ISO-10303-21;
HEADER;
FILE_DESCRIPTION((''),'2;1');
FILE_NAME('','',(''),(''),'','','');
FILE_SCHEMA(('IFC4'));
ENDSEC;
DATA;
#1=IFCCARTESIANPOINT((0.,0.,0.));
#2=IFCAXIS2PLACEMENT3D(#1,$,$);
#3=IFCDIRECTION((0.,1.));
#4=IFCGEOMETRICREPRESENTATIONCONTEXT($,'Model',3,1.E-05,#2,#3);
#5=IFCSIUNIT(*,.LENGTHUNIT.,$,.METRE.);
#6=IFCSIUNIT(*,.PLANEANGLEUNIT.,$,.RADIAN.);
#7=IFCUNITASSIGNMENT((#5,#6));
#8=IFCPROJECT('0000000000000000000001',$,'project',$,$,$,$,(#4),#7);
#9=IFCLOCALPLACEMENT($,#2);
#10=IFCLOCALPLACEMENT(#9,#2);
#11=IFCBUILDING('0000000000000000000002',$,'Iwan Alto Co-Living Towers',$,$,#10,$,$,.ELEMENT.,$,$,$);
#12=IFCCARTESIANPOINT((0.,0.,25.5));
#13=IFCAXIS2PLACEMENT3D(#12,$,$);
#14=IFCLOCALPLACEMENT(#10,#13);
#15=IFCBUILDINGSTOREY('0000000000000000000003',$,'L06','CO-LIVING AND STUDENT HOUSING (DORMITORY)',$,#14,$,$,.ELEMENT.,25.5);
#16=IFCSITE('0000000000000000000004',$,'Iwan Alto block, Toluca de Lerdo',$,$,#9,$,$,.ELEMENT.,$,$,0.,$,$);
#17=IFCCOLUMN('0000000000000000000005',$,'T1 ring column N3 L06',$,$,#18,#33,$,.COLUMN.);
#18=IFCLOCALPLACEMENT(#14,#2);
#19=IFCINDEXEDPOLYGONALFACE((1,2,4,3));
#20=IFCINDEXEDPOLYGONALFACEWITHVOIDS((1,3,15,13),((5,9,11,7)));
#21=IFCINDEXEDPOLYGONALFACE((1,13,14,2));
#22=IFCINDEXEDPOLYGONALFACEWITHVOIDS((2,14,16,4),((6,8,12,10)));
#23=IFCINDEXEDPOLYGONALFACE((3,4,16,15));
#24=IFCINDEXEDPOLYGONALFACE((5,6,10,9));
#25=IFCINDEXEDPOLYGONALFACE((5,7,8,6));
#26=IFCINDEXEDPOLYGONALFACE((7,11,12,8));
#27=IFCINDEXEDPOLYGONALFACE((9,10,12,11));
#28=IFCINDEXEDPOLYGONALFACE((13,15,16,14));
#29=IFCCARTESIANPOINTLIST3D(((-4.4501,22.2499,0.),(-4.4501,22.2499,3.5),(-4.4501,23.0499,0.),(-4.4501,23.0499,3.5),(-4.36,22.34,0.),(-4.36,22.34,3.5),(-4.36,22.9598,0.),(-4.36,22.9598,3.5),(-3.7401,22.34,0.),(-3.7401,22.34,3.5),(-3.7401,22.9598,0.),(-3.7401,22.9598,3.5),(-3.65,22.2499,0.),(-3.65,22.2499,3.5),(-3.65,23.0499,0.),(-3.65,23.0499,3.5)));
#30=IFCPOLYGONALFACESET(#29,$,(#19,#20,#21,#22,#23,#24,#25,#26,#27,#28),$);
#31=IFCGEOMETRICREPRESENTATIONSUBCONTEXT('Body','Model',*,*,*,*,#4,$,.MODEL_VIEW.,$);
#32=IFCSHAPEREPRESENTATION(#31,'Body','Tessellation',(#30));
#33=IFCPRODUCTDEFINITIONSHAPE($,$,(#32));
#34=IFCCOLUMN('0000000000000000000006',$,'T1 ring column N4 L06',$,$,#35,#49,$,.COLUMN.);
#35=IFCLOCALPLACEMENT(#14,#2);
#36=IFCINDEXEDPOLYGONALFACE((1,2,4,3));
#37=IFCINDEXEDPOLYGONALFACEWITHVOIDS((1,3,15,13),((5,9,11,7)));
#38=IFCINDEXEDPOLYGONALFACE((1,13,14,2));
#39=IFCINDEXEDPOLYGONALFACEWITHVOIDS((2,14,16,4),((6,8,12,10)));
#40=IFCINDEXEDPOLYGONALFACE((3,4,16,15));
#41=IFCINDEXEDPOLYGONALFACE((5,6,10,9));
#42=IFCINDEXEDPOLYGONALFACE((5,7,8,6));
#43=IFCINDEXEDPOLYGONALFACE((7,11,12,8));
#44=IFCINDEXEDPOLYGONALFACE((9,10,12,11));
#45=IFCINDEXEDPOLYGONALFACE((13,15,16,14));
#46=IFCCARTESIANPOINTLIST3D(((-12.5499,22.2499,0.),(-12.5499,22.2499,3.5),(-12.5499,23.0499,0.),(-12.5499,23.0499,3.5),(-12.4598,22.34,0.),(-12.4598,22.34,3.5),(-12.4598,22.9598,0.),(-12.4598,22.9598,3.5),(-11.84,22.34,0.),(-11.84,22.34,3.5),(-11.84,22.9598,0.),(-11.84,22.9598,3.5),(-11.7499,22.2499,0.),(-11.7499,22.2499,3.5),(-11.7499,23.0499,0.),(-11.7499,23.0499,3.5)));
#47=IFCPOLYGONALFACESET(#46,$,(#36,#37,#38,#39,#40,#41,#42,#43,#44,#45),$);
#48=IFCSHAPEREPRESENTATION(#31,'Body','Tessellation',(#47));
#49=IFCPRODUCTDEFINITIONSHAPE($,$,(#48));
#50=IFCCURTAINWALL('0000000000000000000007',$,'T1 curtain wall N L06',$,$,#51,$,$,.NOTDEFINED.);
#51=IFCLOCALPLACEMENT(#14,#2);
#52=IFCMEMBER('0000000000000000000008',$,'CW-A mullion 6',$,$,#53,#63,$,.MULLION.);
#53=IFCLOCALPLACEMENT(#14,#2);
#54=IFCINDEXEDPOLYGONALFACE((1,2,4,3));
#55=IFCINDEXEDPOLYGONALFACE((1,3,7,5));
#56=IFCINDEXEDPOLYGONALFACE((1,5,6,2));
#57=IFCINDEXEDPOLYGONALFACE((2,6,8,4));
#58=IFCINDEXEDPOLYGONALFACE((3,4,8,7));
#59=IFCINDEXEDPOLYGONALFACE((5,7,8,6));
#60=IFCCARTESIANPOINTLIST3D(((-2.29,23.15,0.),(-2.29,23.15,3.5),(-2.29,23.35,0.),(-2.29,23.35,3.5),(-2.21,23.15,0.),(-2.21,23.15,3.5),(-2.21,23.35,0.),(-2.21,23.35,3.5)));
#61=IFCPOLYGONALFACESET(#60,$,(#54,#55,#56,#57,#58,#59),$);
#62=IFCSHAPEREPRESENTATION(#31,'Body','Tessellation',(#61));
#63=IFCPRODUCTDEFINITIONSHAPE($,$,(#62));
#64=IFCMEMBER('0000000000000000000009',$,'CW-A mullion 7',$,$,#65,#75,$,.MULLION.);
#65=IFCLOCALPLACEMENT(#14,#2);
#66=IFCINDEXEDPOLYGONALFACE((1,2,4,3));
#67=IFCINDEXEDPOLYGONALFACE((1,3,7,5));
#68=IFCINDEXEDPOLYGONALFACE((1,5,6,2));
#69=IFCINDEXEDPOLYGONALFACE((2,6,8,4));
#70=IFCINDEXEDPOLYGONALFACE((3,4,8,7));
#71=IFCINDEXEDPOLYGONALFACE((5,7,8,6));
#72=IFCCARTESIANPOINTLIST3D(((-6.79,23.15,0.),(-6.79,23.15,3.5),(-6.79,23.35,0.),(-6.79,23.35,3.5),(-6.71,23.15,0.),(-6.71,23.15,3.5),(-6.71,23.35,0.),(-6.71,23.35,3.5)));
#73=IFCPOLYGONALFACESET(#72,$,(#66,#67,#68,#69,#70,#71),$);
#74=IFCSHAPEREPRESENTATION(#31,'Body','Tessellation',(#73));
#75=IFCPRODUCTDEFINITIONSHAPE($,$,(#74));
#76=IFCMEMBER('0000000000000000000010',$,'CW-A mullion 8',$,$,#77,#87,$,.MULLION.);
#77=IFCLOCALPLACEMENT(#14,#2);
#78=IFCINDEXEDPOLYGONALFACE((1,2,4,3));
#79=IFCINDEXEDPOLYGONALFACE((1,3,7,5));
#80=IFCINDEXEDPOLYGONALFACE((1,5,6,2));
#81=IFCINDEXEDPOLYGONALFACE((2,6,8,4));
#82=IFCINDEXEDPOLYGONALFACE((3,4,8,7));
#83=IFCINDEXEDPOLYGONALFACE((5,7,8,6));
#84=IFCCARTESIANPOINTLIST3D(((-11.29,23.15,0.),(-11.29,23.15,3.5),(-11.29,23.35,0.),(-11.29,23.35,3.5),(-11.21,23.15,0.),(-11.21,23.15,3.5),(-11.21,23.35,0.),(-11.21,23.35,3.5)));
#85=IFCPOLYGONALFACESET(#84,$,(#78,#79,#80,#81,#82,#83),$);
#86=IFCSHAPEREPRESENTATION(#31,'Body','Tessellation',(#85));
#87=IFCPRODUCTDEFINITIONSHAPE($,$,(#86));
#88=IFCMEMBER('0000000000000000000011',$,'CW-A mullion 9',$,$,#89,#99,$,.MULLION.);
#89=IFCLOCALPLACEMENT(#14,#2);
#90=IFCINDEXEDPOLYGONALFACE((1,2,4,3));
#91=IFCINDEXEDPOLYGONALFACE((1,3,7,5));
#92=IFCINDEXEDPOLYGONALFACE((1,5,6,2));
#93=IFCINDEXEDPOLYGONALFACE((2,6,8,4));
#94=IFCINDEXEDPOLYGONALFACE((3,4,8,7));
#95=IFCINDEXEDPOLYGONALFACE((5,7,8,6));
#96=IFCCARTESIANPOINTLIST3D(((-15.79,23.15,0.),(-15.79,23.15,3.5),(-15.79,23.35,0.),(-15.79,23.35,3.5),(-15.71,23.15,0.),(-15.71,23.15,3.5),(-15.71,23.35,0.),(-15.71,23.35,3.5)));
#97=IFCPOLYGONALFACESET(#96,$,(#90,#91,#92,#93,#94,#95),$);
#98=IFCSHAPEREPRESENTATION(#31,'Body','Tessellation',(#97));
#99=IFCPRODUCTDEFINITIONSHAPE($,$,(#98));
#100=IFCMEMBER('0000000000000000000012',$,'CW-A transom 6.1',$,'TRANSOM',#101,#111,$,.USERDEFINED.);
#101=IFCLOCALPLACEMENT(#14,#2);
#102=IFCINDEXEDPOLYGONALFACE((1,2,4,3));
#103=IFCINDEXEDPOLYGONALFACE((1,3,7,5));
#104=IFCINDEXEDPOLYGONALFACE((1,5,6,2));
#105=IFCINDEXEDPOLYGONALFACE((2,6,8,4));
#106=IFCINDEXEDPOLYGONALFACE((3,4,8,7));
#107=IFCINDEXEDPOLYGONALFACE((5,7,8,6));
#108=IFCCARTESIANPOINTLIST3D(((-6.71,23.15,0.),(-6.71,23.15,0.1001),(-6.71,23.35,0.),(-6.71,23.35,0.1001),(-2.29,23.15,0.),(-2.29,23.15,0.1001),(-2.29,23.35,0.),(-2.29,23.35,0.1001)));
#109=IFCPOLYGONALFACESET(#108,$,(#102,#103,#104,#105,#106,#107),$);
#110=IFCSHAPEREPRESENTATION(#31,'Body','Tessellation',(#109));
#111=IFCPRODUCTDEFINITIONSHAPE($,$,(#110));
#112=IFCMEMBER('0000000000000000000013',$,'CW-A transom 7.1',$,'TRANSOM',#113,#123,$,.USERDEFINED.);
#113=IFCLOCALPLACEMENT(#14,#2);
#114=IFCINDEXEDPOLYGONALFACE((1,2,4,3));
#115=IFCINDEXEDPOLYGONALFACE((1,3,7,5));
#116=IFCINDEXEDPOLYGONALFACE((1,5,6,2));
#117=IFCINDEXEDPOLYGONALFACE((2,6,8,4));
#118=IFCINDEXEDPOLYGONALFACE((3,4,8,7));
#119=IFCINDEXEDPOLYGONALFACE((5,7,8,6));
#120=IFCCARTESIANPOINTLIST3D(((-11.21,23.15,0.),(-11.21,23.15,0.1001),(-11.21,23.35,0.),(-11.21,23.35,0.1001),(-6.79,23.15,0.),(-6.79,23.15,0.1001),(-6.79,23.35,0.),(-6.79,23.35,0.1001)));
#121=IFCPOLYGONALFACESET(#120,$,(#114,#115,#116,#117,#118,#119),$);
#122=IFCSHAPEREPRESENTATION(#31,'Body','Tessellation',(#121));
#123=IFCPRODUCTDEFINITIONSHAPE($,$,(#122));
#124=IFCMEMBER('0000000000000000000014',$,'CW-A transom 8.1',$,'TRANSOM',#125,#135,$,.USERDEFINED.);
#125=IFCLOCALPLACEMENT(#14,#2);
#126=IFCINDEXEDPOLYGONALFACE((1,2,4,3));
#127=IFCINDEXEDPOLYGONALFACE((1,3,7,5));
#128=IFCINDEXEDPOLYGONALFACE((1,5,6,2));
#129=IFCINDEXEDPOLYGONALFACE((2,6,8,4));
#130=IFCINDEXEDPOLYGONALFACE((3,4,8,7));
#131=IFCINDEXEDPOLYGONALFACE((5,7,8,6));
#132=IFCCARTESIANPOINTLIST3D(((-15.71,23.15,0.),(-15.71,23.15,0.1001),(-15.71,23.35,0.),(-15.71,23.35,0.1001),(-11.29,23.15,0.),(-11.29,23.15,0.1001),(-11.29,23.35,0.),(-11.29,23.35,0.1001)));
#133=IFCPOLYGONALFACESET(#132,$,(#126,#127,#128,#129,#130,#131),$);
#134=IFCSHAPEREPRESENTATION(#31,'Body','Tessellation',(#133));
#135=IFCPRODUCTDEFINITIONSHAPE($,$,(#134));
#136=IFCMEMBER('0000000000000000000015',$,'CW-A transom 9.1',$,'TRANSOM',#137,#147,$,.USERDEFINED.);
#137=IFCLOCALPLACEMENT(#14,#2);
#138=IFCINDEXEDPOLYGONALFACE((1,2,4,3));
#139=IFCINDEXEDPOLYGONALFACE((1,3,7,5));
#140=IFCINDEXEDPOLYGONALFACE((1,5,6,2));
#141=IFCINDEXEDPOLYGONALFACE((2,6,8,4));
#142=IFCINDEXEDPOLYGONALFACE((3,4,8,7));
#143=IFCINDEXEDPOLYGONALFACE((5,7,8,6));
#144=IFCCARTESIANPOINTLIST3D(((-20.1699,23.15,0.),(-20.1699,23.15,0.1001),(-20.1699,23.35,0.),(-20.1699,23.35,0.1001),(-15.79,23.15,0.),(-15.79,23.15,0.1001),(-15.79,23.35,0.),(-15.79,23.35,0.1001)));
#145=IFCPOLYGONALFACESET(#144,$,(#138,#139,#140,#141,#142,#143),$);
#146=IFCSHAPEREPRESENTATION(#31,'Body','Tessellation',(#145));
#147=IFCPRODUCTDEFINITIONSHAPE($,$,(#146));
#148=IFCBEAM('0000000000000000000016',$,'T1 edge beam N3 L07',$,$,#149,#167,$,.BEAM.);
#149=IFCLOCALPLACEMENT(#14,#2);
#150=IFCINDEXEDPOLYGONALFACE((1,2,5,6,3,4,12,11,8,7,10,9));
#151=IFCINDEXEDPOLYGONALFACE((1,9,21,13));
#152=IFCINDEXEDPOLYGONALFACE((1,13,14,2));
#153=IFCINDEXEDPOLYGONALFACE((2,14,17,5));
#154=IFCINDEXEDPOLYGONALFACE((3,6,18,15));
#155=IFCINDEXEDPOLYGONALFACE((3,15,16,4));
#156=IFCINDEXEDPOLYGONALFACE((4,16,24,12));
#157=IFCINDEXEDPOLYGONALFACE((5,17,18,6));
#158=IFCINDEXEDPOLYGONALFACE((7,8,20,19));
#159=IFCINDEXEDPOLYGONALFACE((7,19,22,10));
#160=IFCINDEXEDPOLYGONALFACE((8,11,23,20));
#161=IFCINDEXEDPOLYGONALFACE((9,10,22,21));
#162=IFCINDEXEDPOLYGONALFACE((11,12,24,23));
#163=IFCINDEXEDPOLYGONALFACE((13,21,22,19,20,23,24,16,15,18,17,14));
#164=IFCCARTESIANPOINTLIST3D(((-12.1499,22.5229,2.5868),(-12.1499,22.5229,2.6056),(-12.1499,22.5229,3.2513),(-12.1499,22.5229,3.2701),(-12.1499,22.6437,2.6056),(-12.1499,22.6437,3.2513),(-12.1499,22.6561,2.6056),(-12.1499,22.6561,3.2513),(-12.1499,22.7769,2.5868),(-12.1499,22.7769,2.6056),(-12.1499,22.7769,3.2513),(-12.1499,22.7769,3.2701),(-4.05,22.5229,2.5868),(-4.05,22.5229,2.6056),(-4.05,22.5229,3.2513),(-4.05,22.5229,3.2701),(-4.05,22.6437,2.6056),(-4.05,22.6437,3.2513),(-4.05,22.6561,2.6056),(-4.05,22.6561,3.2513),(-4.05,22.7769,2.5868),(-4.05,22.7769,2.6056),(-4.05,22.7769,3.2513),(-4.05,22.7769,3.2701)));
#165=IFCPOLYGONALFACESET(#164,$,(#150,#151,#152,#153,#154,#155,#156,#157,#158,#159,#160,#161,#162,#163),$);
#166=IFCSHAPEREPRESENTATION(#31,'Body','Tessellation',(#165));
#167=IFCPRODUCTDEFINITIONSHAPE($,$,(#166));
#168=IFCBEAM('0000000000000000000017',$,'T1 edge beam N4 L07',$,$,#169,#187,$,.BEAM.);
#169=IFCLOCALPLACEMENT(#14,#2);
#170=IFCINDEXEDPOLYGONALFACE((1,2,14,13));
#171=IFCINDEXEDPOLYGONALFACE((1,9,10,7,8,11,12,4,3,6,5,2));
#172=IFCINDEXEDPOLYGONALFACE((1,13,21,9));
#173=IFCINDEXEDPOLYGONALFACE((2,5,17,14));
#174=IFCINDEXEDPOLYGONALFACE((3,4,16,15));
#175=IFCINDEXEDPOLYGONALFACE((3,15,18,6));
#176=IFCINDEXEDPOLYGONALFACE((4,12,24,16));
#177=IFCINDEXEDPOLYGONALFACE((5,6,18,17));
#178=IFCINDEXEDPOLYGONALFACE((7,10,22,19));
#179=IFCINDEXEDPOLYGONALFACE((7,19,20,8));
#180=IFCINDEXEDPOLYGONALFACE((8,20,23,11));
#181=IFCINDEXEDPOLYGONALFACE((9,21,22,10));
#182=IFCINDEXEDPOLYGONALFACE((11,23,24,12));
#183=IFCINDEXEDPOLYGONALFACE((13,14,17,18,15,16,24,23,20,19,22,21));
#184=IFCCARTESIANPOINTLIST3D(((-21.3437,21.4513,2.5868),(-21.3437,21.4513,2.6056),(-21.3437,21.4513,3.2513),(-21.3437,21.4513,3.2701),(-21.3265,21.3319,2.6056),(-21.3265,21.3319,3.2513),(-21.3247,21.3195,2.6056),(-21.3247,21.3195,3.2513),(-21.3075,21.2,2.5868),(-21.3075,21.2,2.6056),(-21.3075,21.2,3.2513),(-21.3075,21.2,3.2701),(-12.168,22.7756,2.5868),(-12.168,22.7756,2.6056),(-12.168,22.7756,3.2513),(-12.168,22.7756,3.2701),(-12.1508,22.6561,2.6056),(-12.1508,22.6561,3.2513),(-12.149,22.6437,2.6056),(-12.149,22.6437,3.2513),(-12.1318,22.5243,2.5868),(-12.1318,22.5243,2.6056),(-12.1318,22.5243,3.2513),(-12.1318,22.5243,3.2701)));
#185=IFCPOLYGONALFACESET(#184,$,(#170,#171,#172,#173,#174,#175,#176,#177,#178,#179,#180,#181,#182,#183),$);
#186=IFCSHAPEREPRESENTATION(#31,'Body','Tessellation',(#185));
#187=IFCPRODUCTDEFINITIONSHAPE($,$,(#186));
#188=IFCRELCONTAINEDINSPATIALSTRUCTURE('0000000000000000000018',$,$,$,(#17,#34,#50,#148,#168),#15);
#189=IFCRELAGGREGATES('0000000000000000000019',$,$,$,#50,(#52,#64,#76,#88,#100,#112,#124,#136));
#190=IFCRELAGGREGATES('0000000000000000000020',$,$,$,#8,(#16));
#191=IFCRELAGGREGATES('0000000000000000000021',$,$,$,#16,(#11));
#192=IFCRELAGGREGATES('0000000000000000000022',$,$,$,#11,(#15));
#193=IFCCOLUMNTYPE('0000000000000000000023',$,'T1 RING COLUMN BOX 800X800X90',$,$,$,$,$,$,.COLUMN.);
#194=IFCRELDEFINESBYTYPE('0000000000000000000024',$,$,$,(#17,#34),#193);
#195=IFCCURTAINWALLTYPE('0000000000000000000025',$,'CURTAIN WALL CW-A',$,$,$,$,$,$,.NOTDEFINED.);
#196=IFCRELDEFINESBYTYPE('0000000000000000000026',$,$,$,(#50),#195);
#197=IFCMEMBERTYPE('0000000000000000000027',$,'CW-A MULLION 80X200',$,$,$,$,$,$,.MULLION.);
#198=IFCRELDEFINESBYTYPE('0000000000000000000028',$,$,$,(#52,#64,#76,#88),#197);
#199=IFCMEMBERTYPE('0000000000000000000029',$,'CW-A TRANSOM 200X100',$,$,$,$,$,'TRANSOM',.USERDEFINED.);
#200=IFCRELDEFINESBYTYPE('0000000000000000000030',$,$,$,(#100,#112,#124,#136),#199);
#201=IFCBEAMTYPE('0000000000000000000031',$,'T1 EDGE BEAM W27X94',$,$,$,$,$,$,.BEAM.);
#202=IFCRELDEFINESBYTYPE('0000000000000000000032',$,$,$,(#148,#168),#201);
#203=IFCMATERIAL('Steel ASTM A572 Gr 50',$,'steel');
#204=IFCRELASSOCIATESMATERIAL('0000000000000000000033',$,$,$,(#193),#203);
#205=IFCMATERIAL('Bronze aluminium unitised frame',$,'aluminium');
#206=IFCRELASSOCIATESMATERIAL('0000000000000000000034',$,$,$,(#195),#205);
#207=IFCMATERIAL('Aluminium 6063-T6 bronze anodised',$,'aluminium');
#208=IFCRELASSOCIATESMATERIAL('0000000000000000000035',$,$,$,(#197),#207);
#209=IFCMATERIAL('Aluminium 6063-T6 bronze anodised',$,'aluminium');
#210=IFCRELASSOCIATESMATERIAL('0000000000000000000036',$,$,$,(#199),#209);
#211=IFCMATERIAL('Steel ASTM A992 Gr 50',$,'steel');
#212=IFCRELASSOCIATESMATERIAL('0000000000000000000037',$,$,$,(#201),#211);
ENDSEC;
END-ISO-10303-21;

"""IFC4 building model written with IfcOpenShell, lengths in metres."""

from ifc_helpers import new_model, si_unit, direction, frame, origin, origin_2d, place, context, subcontext, project, spatial, rectangle, hollow_rectangle, i_section, extrude, material, material_profile, profile_set, type_object, element, aggregate, save


model = new_model("IFC4")

# Units and contexts
model_context = context("Model", 3, precision=1e-05, world=origin(), true_north=direction((0.0, 1.0)))
body_context = subcontext(model_context, "Body", "Model", "MODEL_VIEW")
ifc_project = project(units=[si_unit("LENGTHUNIT", "METRE"), si_unit("PLANEANGLEUNIT", "RADIAN")], contexts=[model_context])

# Site, building, storey
site_placement = place(None, origin())
site = spatial("IfcSite", under=ifc_project, at=site_placement, Name="Iwan Alto block, Toluca de Lerdo", CompositionType="ELEMENT", RefElevation=0.0)
building_placement = place(site_placement, origin())
building = spatial("IfcBuilding", under=site, at=building_placement, Name="Iwan Alto Co-Living Towers", CompositionType="ELEMENT")
storey_placement = place(building_placement, frame((0.0, 0.0, 25.5)))
storey = spatial("IfcBuildingStorey", under=building, at=storey_placement, Name="L06", Description="CO-LIVING AND STUDENT HOUSING (DORMITORY)", CompositionType="ELEMENT", Elevation=25.5)

# Columns
ifc_material_1 = material(Name="Steel ASTM A572 Gr 50", Category="steel")
ifc_material_profile_1 = material_profile(ifc_material_1, hollow_rectangle(XDim=0.8, YDim=0.8, WallThickness=0.0901, at=origin_2d()), Name="BOX 800X800X90")
ifc_profile_set_1 = profile_set([ifc_material_profile_1], Name="Steel ASTM A572 Gr 50")
column_type = type_object("IfcColumnType", Name="T1 RING COLUMN BOX 800X800X90", PredefinedType="COLUMN", material=ifc_profile_set_1)
for number, where, z_axis, x_axis, name in (
    (1, (-4.05, 22.6499, 0.0), (0.0, 0.0, 1.0), (1.0, 0.0, 0.0), "T1 ring column N3 L06"),
    (2, (-12.1499, 22.6499, 0.0), (0.0, 0.0, 1.0), (1.0, 0.0, 0.0), "T1 ring column N4 L06"),
):
    element("IfcColumn", number, at=place(storey_placement, frame(where, z_axis=z_axis, x_axis=x_axis)), inside=storey, type_object=column_type, Name=name, PredefinedType="COLUMN", context=body_context, shape_type="SweptSolid", body=[
        extrude(hollow_rectangle(XDim=0.8, YDim=0.8, WallThickness=0.0901, at=origin_2d()), origin(), (0.0, 0.0, 1.0), 3.5),
    ])

# Curtain wall, members
ifc_material_2 = material(Name="Bronze aluminium unitised frame", Category="aluminium")
curtain_wall_type = type_object("IfcCurtainWallType", Name="CURTAIN WALL CW-A", PredefinedType="NOTDEFINED", material=ifc_material_2)
curtain_wall_placement = place(storey_placement, origin())
curtain_wall = element("IfcCurtainWall", 3, at=curtain_wall_placement, inside=storey, type_object=curtain_wall_type, Name="T1 curtain wall N L06", PredefinedType="NOTDEFINED")
ifc_material_3 = material(Name="Aluminium 6063-T6 bronze anodised", Category="aluminium")
ifc_material_profile_2 = material_profile(ifc_material_3, rectangle(XDim=0.2, YDim=0.0801, at=origin_2d()), Name="AL 80X200")
ifc_profile_set_2 = profile_set([ifc_material_profile_2], Name="Aluminium 6063-T6 bronze anodised")
member_type_1 = type_object("IfcMemberType", Name="CW-A MULLION 80X200", PredefinedType="MULLION", material=ifc_profile_set_2)
member_1_placement = place(storey_placement, frame((-2.25, 23.25, 0.0), z_axis=(0.0, 0.0, 1.0), x_axis=(0.0, -1.0, 0.0)))
member_1 = element("IfcMember", 4, at=member_1_placement, type_object=member_type_1, Name="CW-A mullion 6", PredefinedType="MULLION", context=body_context, shape_type="SweptSolid", body=[
    extrude(rectangle(XDim=0.2, YDim=0.0801, at=origin_2d()), origin(), (0.0, 0.0, 1.0), 3.5),
])
member_2_placement = place(storey_placement, frame((-6.75, 23.25, 0.0), z_axis=(0.0, 0.0, 1.0), x_axis=(0.0, -1.0, 0.0)))
member_2 = element("IfcMember", 5, at=member_2_placement, type_object=member_type_1, Name="CW-A mullion 7", PredefinedType="MULLION", context=body_context, shape_type="SweptSolid", body=[
    extrude(rectangle(XDim=0.2, YDim=0.0801, at=origin_2d()), origin(), (0.0, 0.0, 1.0), 3.5),
])
member_3_placement = place(storey_placement, frame((-11.25, 23.25, 0.0), z_axis=(0.0, 0.0, 1.0), x_axis=(0.0, -1.0, 0.0)))
member_3 = element("IfcMember", 6, at=member_3_placement, type_object=member_type_1, Name="CW-A mullion 8", PredefinedType="MULLION", context=body_context, shape_type="SweptSolid", body=[
    extrude(rectangle(XDim=0.2, YDim=0.0801, at=origin_2d()), origin(), (0.0, 0.0, 1.0), 3.5),
])
member_4_placement = place(storey_placement, frame((-15.75, 23.25, 0.0), z_axis=(0.0, 0.0, 1.0), x_axis=(0.0, -1.0, 0.0)))
member_4 = element("IfcMember", 7, at=member_4_placement, type_object=member_type_1, Name="CW-A mullion 9", PredefinedType="MULLION", context=body_context, shape_type="SweptSolid", body=[
    extrude(rectangle(XDim=0.2, YDim=0.0801, at=origin_2d()), origin(), (0.0, 0.0, 1.0), 3.5),
])
ifc_material_4 = material(Name="Aluminium 6063-T6 bronze anodised", Category="aluminium")
ifc_material_profile_3 = material_profile(ifc_material_4, rectangle(XDim=0.2, YDim=0.1001, at=origin_2d()), Name="AL 200X100")
ifc_profile_set_3 = profile_set([ifc_material_profile_3], Name="Aluminium 6063-T6 bronze anodised")
member_type_2 = type_object("IfcMemberType", Name="CW-A TRANSOM 200X100", ElementType="TRANSOM", PredefinedType="USERDEFINED", material=ifc_profile_set_3)
member_5_placement = place(storey_placement, frame((-2.29, 23.25, 0.05), z_axis=(-1.0, 0.0, 0.0), x_axis=(0.0, -1.0, 0.0)))
member_5 = element("IfcMember", 8, at=member_5_placement, type_object=member_type_2, Name="CW-A transom 6.1", ObjectType="TRANSOM", PredefinedType="USERDEFINED", context=body_context, shape_type="SweptSolid", body=[
    extrude(rectangle(XDim=0.2, YDim=0.1001, at=origin_2d()), origin(), (0.0, 0.0, 1.0), 4.4199),
])
member_6_placement = place(storey_placement, frame((-6.79, 23.25, 0.05), z_axis=(-1.0, 0.0, 0.0), x_axis=(0.0, -1.0, 0.0)))
member_6 = element("IfcMember", 9, at=member_6_placement, type_object=member_type_2, Name="CW-A transom 7.1", ObjectType="TRANSOM", PredefinedType="USERDEFINED", context=body_context, shape_type="SweptSolid", body=[
    extrude(rectangle(XDim=0.2, YDim=0.1001, at=origin_2d()), origin(), (0.0, 0.0, 1.0), 4.4199),
])
member_7_placement = place(storey_placement, frame((-11.29, 23.25, 0.05), z_axis=(-1.0, 0.0, 0.0), x_axis=(0.0, -1.0, 0.0)))
member_7 = element("IfcMember", 10, at=member_7_placement, type_object=member_type_2, Name="CW-A transom 8.1", ObjectType="TRANSOM", PredefinedType="USERDEFINED", context=body_context, shape_type="SweptSolid", body=[
    extrude(rectangle(XDim=0.2, YDim=0.1001, at=origin_2d()), origin(), (0.0, 0.0, 1.0), 4.4199),
])
member_8_placement = place(storey_placement, frame((-15.79, 23.25, 0.05), z_axis=(-1.0, 0.0, 0.0), x_axis=(0.0, -1.0, 0.0)))
member_8 = element("IfcMember", 11, at=member_8_placement, type_object=member_type_2, Name="CW-A transom 9.1", ObjectType="TRANSOM", PredefinedType="USERDEFINED", context=body_context, shape_type="SweptSolid", body=[
    extrude(rectangle(XDim=0.2, YDim=0.1001, at=origin_2d()), origin(), (0.0, 0.0, 1.0), 4.3799),
])

# Beams
ifc_material_5 = material(Name="Steel ASTM A992 Gr 50", Category="steel")
ifc_material_profile_4 = material_profile(ifc_material_5, i_section(OverallWidth=0.2539, OverallDepth=0.6833, WebThickness=0.0125, FlangeThickness=0.0188, at=origin_2d()), Name="W27X94")
ifc_profile_set_4 = profile_set([ifc_material_profile_4], Name="Steel ASTM A992 Gr 50")
beam_type_1 = type_object("IfcBeamType", Name="T1 EDGE BEAM W27X94", PredefinedType="BEAM", material=ifc_profile_set_4)
beam_1_placement = place(storey_placement, frame((-4.05, 22.6499, 2.9285), z_axis=(-1.0, 0.0, 0.0), x_axis=(0.0, -1.0, 0.0)))
element("IfcBeam", 12, at=beam_1_placement, inside=storey, type_object=beam_type_1, Name="T1 edge beam N3 L07", PredefinedType="BEAM", context=body_context, shape_type="SweptSolid", body=[
    extrude(i_section(OverallWidth=0.2539, OverallDepth=0.6833, WebThickness=0.0125, FlangeThickness=0.0188, at=origin_2d()), origin(), (0.0, 0.0, 1.0), 8.0999),
])
beam_2_placement = place(storey_placement, frame((-12.1499, 22.6499, 2.9285), z_axis=(-0.989746, -0.142837, 0.0), x_axis=(0.142837, -0.989746, 0.0)))
element("IfcBeam", 13, at=beam_2_placement, inside=storey, type_object=beam_type_1, Name="T1 edge beam N4 L07", PredefinedType="BEAM", context=body_context, shape_type="SweptSolid", body=[
    extrude(i_section(OverallWidth=0.2539, OverallDepth=0.6833, WebThickness=0.0125, FlangeThickness=0.0188, at=origin_2d()), origin(), (0.0, 0.0, 1.0), 9.2708),
])

aggregate(curtain_wall, [member_1, member_2, member_3, member_4, member_5, member_6, member_7, member_8])

save(model, "model.ifc")
